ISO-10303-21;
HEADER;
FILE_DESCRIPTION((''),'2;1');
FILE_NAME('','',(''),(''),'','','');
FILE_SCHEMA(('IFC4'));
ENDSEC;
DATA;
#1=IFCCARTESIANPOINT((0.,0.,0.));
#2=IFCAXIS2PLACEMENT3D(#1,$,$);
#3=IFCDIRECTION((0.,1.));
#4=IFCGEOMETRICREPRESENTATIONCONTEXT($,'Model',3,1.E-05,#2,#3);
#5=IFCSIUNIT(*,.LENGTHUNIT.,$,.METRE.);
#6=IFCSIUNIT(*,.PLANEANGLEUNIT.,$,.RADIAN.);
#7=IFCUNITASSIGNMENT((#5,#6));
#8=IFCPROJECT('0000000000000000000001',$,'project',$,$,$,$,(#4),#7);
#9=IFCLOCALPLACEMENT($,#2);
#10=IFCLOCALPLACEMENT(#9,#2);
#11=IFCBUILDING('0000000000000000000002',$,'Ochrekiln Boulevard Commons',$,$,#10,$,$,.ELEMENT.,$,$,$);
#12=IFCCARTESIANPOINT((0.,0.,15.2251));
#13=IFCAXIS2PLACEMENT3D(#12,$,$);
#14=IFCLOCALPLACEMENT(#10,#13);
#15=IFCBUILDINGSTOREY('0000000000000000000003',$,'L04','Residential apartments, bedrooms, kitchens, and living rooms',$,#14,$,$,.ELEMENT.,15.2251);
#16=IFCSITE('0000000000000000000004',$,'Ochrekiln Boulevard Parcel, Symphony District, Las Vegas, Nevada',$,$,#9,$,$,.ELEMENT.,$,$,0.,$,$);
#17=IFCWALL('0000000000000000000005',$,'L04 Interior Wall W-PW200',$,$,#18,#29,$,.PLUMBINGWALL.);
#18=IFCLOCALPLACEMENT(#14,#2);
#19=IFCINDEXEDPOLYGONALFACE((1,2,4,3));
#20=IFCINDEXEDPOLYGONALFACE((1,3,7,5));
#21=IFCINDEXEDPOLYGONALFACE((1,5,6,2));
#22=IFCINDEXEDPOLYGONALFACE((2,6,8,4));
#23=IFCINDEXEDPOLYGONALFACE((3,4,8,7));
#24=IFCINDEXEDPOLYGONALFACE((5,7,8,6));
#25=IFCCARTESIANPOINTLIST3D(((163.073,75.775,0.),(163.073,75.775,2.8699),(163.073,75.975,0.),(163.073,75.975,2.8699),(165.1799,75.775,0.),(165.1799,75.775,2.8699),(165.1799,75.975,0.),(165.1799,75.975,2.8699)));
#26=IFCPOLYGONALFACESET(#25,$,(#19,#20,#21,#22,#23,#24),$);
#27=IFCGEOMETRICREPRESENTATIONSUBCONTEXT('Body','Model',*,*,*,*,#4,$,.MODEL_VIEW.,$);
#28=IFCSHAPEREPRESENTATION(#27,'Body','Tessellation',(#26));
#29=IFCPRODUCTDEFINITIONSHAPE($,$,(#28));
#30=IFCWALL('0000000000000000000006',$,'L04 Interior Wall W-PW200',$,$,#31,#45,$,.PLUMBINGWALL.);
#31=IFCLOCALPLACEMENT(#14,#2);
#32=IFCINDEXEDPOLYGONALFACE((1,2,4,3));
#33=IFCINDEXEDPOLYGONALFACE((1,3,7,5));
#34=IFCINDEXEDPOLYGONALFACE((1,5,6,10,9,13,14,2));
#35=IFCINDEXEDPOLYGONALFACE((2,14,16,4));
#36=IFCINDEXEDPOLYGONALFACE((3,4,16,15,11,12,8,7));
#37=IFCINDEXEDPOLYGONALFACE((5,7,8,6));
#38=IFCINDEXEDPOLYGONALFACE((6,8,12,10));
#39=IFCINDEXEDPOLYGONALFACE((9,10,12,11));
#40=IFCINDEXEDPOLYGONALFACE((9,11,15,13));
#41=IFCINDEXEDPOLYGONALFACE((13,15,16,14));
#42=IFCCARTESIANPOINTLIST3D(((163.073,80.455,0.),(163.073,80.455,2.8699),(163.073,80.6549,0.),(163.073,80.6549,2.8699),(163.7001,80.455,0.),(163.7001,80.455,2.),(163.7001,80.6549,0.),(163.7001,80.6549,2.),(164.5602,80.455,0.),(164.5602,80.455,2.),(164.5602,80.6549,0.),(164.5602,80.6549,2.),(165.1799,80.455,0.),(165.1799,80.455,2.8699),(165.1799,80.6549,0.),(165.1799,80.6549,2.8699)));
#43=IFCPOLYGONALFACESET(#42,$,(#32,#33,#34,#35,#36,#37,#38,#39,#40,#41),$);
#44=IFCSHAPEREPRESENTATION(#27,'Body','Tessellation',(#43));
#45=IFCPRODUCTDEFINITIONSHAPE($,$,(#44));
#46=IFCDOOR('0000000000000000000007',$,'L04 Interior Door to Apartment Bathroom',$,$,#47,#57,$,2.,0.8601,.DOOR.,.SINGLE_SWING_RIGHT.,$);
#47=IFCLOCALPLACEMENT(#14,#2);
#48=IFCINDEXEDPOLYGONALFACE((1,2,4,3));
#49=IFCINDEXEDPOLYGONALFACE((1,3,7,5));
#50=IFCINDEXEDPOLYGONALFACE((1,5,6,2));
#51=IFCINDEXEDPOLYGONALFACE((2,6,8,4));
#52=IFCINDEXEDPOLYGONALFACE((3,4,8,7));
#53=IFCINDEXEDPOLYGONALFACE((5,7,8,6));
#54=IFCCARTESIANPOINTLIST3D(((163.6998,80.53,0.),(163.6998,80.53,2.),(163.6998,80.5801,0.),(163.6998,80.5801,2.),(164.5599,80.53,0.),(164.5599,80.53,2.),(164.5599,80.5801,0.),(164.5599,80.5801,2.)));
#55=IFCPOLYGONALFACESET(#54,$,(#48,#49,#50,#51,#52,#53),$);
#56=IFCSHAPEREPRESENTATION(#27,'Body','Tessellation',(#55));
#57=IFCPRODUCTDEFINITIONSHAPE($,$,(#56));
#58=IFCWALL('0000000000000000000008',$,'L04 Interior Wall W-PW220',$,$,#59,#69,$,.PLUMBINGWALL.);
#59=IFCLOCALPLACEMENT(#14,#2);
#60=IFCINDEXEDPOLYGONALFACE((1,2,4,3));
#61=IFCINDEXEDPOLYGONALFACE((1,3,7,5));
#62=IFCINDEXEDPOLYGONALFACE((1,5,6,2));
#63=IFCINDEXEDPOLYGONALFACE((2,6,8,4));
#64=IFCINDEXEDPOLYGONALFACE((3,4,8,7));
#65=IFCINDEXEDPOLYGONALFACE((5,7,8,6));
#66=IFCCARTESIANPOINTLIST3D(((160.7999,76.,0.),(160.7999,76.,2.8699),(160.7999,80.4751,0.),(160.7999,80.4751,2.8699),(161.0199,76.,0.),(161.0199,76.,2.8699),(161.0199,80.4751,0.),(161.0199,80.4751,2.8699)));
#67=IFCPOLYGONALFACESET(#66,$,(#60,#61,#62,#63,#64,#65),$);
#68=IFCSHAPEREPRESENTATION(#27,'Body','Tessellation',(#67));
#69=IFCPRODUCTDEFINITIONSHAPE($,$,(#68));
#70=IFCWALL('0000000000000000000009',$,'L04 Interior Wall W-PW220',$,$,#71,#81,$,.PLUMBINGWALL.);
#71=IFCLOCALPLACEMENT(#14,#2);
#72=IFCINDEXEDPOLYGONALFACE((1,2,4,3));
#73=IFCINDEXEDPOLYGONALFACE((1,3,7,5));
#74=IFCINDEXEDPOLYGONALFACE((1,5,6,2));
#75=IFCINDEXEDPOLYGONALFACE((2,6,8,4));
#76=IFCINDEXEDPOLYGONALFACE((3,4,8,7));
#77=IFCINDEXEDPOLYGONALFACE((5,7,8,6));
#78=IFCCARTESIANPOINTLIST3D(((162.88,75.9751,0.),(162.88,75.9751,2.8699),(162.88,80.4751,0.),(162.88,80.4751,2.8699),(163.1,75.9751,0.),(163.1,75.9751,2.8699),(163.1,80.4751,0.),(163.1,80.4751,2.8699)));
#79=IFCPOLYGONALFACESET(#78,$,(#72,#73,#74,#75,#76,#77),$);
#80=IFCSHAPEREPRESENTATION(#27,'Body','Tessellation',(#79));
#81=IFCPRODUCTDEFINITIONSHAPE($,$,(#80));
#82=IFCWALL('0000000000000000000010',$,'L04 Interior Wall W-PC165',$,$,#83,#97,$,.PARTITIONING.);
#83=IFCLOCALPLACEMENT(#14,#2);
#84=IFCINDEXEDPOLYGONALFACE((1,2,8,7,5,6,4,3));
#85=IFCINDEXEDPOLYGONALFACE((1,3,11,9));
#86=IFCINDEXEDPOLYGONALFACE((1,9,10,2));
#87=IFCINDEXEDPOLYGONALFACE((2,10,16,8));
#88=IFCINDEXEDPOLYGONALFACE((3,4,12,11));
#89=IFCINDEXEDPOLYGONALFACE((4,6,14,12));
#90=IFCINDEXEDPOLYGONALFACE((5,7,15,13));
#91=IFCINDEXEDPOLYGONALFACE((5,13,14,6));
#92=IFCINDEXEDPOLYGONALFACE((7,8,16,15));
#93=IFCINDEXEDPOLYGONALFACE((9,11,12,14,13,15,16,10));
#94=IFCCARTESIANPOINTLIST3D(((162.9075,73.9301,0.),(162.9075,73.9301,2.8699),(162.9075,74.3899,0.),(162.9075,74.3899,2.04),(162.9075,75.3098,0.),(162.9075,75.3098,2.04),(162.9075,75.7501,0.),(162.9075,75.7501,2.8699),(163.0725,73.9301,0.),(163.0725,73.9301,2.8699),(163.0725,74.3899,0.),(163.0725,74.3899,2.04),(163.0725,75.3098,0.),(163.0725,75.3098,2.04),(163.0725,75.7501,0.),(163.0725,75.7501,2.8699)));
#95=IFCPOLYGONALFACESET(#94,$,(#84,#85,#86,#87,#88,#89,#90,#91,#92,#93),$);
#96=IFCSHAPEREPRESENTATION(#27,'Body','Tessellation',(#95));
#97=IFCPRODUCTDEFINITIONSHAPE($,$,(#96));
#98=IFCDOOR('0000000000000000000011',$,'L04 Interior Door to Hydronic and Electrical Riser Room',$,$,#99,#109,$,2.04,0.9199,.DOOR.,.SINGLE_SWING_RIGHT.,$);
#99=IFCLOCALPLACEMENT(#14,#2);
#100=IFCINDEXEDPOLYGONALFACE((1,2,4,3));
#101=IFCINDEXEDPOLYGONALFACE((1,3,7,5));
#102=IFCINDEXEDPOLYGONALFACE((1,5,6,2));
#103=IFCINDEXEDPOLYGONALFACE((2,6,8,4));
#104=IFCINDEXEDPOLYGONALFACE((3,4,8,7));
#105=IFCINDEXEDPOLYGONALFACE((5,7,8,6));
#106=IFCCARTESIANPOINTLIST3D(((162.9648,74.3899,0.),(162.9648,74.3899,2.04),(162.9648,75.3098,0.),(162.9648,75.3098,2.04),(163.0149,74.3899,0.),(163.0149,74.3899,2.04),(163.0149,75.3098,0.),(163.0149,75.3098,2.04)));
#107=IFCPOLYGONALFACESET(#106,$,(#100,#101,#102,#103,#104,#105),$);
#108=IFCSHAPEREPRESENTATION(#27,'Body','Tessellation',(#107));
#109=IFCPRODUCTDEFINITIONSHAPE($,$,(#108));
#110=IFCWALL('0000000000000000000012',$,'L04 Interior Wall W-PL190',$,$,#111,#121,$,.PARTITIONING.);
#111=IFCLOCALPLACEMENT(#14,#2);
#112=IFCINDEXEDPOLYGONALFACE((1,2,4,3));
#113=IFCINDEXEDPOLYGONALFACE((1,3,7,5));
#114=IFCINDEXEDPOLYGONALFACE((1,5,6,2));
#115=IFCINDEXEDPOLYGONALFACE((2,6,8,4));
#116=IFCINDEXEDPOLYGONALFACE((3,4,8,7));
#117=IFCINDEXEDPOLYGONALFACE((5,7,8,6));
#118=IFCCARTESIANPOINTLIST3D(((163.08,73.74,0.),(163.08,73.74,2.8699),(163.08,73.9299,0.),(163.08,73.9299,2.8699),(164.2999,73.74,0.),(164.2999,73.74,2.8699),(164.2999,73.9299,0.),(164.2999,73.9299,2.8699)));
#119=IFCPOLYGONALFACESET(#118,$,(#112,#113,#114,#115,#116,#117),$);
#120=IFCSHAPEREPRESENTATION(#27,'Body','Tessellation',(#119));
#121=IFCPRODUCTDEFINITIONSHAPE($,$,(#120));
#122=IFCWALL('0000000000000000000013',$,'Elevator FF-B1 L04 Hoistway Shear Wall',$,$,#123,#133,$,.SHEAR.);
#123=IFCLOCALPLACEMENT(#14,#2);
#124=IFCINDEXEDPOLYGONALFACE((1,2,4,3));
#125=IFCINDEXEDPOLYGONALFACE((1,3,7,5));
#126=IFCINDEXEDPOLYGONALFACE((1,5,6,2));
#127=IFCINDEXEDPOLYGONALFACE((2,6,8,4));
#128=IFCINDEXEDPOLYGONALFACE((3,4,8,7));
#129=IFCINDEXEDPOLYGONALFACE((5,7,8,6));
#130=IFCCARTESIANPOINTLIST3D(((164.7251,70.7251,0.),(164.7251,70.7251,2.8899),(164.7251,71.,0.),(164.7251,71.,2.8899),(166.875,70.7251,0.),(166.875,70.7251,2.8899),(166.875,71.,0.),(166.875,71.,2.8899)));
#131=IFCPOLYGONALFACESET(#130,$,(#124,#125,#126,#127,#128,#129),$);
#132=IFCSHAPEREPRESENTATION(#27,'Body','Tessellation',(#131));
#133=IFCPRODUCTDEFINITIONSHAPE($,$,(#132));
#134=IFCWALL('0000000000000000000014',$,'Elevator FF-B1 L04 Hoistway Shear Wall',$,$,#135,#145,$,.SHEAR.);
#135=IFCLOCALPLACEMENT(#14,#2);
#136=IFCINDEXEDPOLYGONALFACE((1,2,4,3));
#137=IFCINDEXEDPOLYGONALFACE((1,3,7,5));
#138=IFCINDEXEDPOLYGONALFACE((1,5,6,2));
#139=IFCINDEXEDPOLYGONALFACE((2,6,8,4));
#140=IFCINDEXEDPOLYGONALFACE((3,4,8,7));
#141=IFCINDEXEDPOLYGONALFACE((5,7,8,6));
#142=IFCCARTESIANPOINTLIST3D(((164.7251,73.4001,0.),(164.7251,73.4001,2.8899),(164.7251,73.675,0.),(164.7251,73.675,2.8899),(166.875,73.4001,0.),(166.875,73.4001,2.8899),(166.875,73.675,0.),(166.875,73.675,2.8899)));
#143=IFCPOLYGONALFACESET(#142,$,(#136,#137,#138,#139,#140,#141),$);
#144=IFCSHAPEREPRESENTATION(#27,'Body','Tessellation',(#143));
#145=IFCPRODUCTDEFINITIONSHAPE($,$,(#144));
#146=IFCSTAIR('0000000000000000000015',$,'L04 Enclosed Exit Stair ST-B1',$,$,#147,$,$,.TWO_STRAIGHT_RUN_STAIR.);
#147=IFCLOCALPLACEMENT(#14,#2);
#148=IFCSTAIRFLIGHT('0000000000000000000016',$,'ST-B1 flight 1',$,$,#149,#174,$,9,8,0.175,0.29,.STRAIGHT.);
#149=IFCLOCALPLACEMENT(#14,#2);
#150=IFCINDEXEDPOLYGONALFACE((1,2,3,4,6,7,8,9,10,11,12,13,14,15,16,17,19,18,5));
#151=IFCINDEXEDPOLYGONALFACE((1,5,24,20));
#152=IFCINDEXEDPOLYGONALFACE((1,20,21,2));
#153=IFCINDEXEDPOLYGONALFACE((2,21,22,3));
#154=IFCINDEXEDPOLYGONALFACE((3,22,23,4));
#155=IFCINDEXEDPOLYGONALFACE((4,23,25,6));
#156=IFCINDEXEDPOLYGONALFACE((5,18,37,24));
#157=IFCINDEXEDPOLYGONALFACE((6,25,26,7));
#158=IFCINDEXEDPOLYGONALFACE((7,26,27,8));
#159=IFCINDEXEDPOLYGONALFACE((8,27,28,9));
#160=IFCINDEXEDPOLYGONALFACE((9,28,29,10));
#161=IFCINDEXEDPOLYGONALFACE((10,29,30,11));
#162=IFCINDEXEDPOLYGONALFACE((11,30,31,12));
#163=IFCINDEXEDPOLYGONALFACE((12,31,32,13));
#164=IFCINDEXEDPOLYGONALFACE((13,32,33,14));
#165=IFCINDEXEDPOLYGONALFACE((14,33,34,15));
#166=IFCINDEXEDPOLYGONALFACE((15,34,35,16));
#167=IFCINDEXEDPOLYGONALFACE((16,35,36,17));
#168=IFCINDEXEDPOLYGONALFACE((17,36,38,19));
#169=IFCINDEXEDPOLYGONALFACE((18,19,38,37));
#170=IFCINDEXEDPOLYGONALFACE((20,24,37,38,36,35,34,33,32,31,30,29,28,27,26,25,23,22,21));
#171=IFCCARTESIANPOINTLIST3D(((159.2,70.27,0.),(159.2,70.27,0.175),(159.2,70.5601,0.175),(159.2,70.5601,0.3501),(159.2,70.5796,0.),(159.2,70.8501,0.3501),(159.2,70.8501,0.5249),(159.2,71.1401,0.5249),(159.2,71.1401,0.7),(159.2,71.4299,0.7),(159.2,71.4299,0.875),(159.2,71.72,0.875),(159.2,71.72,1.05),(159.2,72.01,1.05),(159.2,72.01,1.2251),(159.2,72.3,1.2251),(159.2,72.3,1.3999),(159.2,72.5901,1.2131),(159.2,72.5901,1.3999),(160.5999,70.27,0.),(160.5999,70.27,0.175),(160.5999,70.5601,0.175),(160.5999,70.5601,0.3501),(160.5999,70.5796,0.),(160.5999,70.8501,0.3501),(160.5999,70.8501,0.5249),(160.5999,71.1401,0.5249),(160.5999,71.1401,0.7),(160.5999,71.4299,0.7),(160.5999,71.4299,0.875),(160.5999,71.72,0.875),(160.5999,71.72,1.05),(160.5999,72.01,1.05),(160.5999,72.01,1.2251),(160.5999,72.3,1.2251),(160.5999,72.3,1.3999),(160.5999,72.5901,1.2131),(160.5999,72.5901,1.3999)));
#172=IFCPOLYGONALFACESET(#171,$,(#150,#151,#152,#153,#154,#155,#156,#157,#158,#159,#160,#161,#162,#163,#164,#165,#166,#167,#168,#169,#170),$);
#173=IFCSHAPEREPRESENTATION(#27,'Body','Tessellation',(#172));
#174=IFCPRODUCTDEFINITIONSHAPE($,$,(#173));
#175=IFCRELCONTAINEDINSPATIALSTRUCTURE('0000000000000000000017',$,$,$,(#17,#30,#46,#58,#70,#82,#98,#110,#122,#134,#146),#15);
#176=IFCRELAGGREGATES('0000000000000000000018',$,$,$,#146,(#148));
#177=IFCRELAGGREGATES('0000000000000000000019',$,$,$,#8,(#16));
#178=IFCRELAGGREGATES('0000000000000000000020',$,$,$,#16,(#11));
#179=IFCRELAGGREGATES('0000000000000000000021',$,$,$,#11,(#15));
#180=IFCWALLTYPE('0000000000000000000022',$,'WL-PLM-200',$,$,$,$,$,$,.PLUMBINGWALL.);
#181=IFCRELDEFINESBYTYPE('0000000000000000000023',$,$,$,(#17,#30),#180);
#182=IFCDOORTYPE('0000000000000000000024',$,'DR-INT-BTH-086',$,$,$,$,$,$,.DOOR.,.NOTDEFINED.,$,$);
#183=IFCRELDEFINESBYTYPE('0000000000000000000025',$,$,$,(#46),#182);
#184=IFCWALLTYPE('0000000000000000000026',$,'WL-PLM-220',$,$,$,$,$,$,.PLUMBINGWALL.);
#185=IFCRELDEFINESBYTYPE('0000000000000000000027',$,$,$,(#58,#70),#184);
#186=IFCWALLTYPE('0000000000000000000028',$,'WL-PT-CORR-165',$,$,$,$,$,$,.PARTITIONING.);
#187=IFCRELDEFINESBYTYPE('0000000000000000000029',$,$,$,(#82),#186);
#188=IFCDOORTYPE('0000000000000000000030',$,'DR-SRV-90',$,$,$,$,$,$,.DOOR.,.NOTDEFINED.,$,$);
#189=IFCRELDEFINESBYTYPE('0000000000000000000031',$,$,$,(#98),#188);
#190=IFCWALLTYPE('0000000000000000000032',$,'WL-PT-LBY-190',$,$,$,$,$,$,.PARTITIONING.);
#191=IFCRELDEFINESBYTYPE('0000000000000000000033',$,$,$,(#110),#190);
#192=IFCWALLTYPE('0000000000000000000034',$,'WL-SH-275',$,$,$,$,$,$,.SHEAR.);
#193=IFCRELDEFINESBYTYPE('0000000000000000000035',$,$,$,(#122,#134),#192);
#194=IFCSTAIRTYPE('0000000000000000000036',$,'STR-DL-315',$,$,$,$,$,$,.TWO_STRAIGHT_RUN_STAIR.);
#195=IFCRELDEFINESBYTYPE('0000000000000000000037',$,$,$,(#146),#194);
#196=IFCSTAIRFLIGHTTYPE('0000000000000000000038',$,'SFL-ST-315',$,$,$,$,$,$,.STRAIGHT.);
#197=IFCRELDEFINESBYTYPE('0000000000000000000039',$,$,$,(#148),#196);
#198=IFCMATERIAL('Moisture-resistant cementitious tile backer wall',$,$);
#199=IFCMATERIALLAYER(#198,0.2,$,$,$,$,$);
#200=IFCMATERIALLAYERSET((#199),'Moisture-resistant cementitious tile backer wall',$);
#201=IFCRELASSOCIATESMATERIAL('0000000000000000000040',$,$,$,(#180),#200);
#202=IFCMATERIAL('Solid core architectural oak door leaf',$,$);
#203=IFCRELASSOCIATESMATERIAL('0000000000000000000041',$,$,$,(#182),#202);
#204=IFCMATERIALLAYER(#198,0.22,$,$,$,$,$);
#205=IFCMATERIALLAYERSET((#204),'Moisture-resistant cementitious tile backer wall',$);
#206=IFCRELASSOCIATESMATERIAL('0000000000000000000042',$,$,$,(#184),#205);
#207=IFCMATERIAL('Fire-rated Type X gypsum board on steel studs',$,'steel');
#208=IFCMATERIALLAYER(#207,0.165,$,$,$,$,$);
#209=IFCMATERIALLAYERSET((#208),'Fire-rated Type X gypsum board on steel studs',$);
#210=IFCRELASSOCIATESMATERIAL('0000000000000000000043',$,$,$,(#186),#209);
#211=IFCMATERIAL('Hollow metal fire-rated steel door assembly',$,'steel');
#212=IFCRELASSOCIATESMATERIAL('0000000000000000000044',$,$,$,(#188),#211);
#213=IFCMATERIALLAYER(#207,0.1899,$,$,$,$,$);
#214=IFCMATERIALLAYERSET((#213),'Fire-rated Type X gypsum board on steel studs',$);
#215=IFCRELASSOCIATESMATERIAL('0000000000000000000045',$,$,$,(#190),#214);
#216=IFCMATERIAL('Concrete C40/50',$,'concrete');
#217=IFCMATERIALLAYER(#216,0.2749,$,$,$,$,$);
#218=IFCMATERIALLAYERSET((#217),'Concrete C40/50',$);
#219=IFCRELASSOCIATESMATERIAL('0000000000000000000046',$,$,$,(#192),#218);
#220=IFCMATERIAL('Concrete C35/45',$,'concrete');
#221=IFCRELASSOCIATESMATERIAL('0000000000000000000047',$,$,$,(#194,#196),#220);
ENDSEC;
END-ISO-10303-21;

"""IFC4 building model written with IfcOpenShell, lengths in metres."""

from ifc_helpers import new_model, si_unit, direction, frame, frame_2d, origin, place, context, subcontext, project, spatial, polyline, rectangle, outline, extrude, material, layer, layer_set, type_object, element, fill, aggregate, save


model = new_model("IFC4")

# Units and contexts
model_context = context("Model", 3, precision=1e-05, world=origin(), true_north=direction((0.0, 1.0)))
body_context = subcontext(model_context, "Body", "Model", "MODEL_VIEW")
ifc_project = project(units=[si_unit("LENGTHUNIT", "METRE"), si_unit("PLANEANGLEUNIT", "RADIAN")], contexts=[model_context])

# Site, building, storey
site_placement = place(None, origin())
site = spatial("IfcSite", under=ifc_project, at=site_placement, Name="Ochrekiln Boulevard Parcel, Symphony District, Las Vegas, Nevada", CompositionType="ELEMENT", RefElevation=0.0)
building_placement = place(site_placement, origin())
building = spatial("IfcBuilding", under=site, at=building_placement, Name="Ochrekiln Boulevard Commons", CompositionType="ELEMENT")
storey_placement = place(building_placement, frame((0.0, 0.0, 15.2251)))
storey = spatial("IfcBuildingStorey", under=building, at=storey_placement, Name="L04", Description="Residential apartments, bedrooms, kitchens, and living rooms", CompositionType="ELEMENT", Elevation=15.2251)

# Wall
ifc_material_1 = material(Name="Moisture-resistant cementitious tile backer wall")
ifc_layer_1 = layer(ifc_material_1, 0.2)
ifc_layer_set_1 = layer_set([ifc_layer_1], Name="Moisture-resistant cementitious tile backer wall")
wall_type_1 = type_object("IfcWallType", Name="WL-PLM-200", PredefinedType="PLUMBINGWALL", material=ifc_layer_set_1)
wall_1_placement = place(storey_placement, frame((163.073, 75.875, 0.0), z_axis=(0.0, 0.0, 1.0), x_axis=(1.0, 0.0, 0.0)))
element("IfcWall", 1, at=wall_1_placement, inside=storey, type_object=wall_type_1, Name="L04 Interior Wall W-PW200", PredefinedType="PLUMBINGWALL", context=body_context, shape_type="SweptSolid", body=[
    extrude(rectangle(XDim=2.1069, YDim=0.2, at=frame_2d((1.0535, 0.0))), origin(), (0.0, 0.0, 1.0), 2.8699),
])

# Wall, opening, door
wall_2_placement = place(storey_placement, frame((163.073, 80.5549, 0.0), z_axis=(0.0, 0.0, 1.0), x_axis=(1.0, 0.0, 0.0)))
wall_2 = element("IfcWall", 2, at=wall_2_placement, inside=storey, type_object=wall_type_1, Name="L04 Interior Wall W-PW200", PredefinedType="PLUMBINGWALL", context=body_context, shape_type="SweptSolid", body=[
    extrude(rectangle(XDim=2.1069, YDim=0.2, at=frame_2d((1.0535, 0.0))), origin(), (0.0, 0.0, 1.0), 2.8699),
])
opening_1_placement = place(wall_2_placement, frame((0.627, 0.0, 0.0)))
opening_1 = element("IfcOpeningElement", 3, at=opening_1_placement, cuts=wall_2, PredefinedType="OPENING", context=body_context, shape_type="SweptSolid", body=[
    extrude(rectangle(XDim=0.8601, YDim=2.0, at=frame_2d((0.4302, 1.0))), frame((0.0, 0.1099, 0.0), z_axis=(0.0, -1.0, 0.0), x_axis=(1.0, 0.0, 0.0)), (0.0, 0.0, 1.0), 0.22),
])
ifc_material_2 = material(Name="Solid core architectural oak door leaf")
door_type_1 = type_object("IfcDoorType", Name="DR-INT-BTH-086", OperationType="NOTDEFINED", PredefinedType="DOOR", material=ifc_material_2)
door_1_placement = place(opening_1_placement, frame((0.8601, 0.0, 0.0), z_axis=(0.0, 0.0, 1.0), x_axis=(-1.0, 0.0, 0.0)))
door_1 = element("IfcDoor", 4, at=door_1_placement, inside=storey, type_object=door_type_1, Name="L04 Interior Door to Apartment Bathroom", OperationType="SINGLE_SWING_RIGHT", OverallHeight=2.0, OverallWidth=0.8601, PredefinedType="DOOR", context=body_context, shape_type="SweptSolid", body=[
    extrude(rectangle(XDim=0.8601, YDim=2.0, at=frame_2d((0.4302, 1.0))), frame((0.0, 0.0249, 0.0), z_axis=(0.0, -1.0, 0.0), x_axis=(1.0, 0.0, 0.0)), (0.0, 0.0, 1.0), 0.05),
])
fill(opening_1, door_1)

# Walls
ifc_layer_2 = layer(ifc_material_1, 0.22)
ifc_layer_set_2 = layer_set([ifc_layer_2], Name="Moisture-resistant cementitious tile backer wall")
wall_type_2 = type_object("IfcWallType", Name="WL-PLM-220", PredefinedType="PLUMBINGWALL", material=ifc_layer_set_2)
wall_3_placement = place(storey_placement, frame((160.9099, 76.0, 0.0), z_axis=(0.0, 0.0, 1.0), x_axis=(0.0, 1.0, 0.0)))
element("IfcWall", 5, at=wall_3_placement, inside=storey, type_object=wall_type_2, Name="L04 Interior Wall W-PW220", PredefinedType="PLUMBINGWALL", context=body_context, shape_type="SweptSolid", body=[
    extrude(rectangle(XDim=4.4751, YDim=0.22, at=frame_2d((2.2375, 0.0))), origin(), (0.0, 0.0, 1.0), 2.8699),
])
wall_4_placement = place(storey_placement, frame((162.99, 75.9751, 0.0), z_axis=(0.0, 0.0, 1.0), x_axis=(0.0, 1.0, 0.0)))
element("IfcWall", 6, at=wall_4_placement, inside=storey, type_object=wall_type_2, Name="L04 Interior Wall W-PW220", PredefinedType="PLUMBINGWALL", context=body_context, shape_type="SweptSolid", body=[
    extrude(rectangle(XDim=4.5, YDim=0.22, at=frame_2d((2.25, 0.0))), origin(), (0.0, 0.0, 1.0), 2.8699),
])

# Wall, opening, door
ifc_material_3 = material(Name="Fire-rated Type X gypsum board on steel studs", Category="steel")
ifc_layer_3 = layer(ifc_material_3, 0.165)
ifc_layer_set_3 = layer_set([ifc_layer_3], Name="Fire-rated Type X gypsum board on steel studs")
wall_type_3 = type_object("IfcWallType", Name="WL-PT-CORR-165", PredefinedType="PARTITIONING", material=ifc_layer_set_3)
wall_5_placement = place(storey_placement, frame((162.99, 73.9299, 0.0), z_axis=(0.0, 0.0, 1.0), x_axis=(0.0, 1.0, 0.0)))
wall_5 = element("IfcWall", 7, at=wall_5_placement, inside=storey, type_object=wall_type_3, Name="L04 Interior Wall W-PC165", PredefinedType="PARTITIONING", context=body_context, shape_type="SweptSolid", body=[
    extrude(rectangle(XDim=1.8201, YDim=0.165, at=frame_2d((0.9102, 0.0))), origin(), (0.0, 0.0, 1.0), 2.8699),
])
opening_2_placement = place(wall_5_placement, frame((0.46, 0.0, 0.0)))
opening_2 = element("IfcOpeningElement", 8, at=opening_2_placement, cuts=wall_5, PredefinedType="OPENING", context=body_context, shape_type="SweptSolid", body=[
    extrude(rectangle(XDim=0.9199, YDim=2.04, at=frame_2d((0.46, 1.02))), frame((0.0, 0.0925, 0.0), z_axis=(0.0, -1.0, 0.0), x_axis=(1.0, 0.0, 0.0)), (0.0, 0.0, 1.0), 0.1851),
])
ifc_material_4 = material(Name="Hollow metal fire-rated steel door assembly", Category="steel")
door_type_2 = type_object("IfcDoorType", Name="DR-SRV-90", OperationType="NOTDEFINED", PredefinedType="DOOR", material=ifc_material_4)
door_2_placement = place(opening_2_placement, frame((0.9199, 0.0, 0.0), z_axis=(0.0, 0.0, 1.0), x_axis=(-1.0, 0.0, 0.0)))
door_2 = element("IfcDoor", 9, at=door_2_placement, inside=storey, type_object=door_type_2, Name="L04 Interior Door to Hydronic and Electrical Riser Room", OperationType="SINGLE_SWING_RIGHT", OverallHeight=2.04, OverallWidth=0.9199, PredefinedType="DOOR", context=body_context, shape_type="SweptSolid", body=[
    extrude(rectangle(XDim=0.9199, YDim=2.04, at=frame_2d((0.46, 1.02))), frame((0.0, 0.0249, 0.0), z_axis=(0.0, -1.0, 0.0), x_axis=(1.0, 0.0, 0.0)), (0.0, 0.0, 1.0), 0.05),
])
fill(opening_2, door_2)

# Wall
ifc_layer_4 = layer(ifc_material_3, 0.1899)
ifc_layer_set_4 = layer_set([ifc_layer_4], Name="Fire-rated Type X gypsum board on steel studs")
wall_type_4 = type_object("IfcWallType", Name="WL-PT-LBY-190", PredefinedType="PARTITIONING", material=ifc_layer_set_4)
wall_6_placement = place(storey_placement, frame((163.0801, 73.835, 0.0), z_axis=(0.0, 0.0, 1.0), x_axis=(1.0, 0.0, 0.0)))
element("IfcWall", 10, at=wall_6_placement, inside=storey, type_object=wall_type_4, Name="L04 Interior Wall W-PL190", PredefinedType="PARTITIONING", context=body_context, shape_type="SweptSolid", body=[
    extrude(rectangle(XDim=1.22, YDim=0.1899, at=frame_2d((0.6099, 0.0))), origin(), (0.0, 0.0, 1.0), 2.8699),
])

# Walls
ifc_material_5 = material(Name="Concrete C40/50", Category="concrete")
ifc_layer_5 = layer(ifc_material_5, 0.2749)
ifc_layer_set_5 = layer_set([ifc_layer_5], Name="Concrete C40/50")
wall_type_5 = type_object("IfcWallType", Name="WL-SH-275", PredefinedType="SHEAR", material=ifc_layer_set_5)
for number, where, z_axis, x_axis, name in (
    (11, (164.7251, 70.8625, 0.0), (0.0, 0.0, 1.0), (1.0, 0.0, 0.0), "Elevator FF-B1 L04 Hoistway Shear Wall"),
    (12, (164.7251, 73.5376, 0.0), (0.0, 0.0, 1.0), (1.0, 0.0, 0.0), "Elevator FF-B1 L04 Hoistway Shear Wall"),
):
    element("IfcWall", number, at=place(storey_placement, frame(where, z_axis=z_axis, x_axis=x_axis)), inside=storey, type_object=wall_type_5, Name=name, PredefinedType="SHEAR", context=body_context, shape_type="SweptSolid", body=[
        extrude(rectangle(XDim=2.1499, YDim=0.2749, at=frame_2d((1.075, 0.0))), origin(), (0.0, 0.0, 1.0), 2.8899),
    ])

# Stair, stair flight
ifc_material_6 = material(Name="Concrete C35/45", Category="concrete")
stair_type = type_object("IfcStairType", Name="STR-DL-315", PredefinedType="TWO_STRAIGHT_RUN_STAIR", material=ifc_material_6)
stair_placement = place(storey_placement, origin())
stair = element("IfcStair", 13, at=stair_placement, inside=storey, type_object=stair_type, Name="L04 Enclosed Exit Stair ST-B1", PredefinedType="TWO_STRAIGHT_RUN_STAIR")
stair_flight_type = type_object("IfcStairFlightType", Name="SFL-ST-315", PredefinedType="STRAIGHT", material=ifc_material_6)
stair_flight_placement = place(storey_placement, frame((159.8999, 70.27, 0.0), z_axis=(0.0, 0.0, 1.0), x_axis=(0.0, 1.0, 0.0)))
stair_flight = element("IfcStairFlight", 14, at=stair_flight_placement, type_object=stair_flight_type, Name="ST-B1 flight 1", NumberOfRisers=9, NumberOfTreads=8, PredefinedType="STRAIGHT", RiserHeight=0.175, TreadLength=0.29, context=body_context, shape_type="SweptSolid", body=[
    extrude(outline(polyline([(0.0, 0.0), (0.0, 0.175), (0.29, 0.175), (0.29, 0.3501), (0.5801, 0.3501), (0.5801, 0.5249), (0.8701, 0.5249), (0.8701, 0.7), (1.1599, 0.7), (1.1599, 0.875), (1.45, 0.875), (1.45, 1.05), (1.74, 1.05), (1.74, 1.2251), (2.03, 1.2251), (2.03, 1.3999), (2.3201, 1.3999), (2.3201, 1.575), (2.3201, 1.2131), (0.3096, 0.0), (0.0, 0.0)])), frame((0.0, 0.7, 0.0), z_axis=(0.0, -1.0, 0.0), x_axis=(1.0, 0.0, 0.0)), (0.0, 0.0, 1.0), 1.3999),
])
aggregate(stair, [stair_flight])

save(model, "model.ifc")
